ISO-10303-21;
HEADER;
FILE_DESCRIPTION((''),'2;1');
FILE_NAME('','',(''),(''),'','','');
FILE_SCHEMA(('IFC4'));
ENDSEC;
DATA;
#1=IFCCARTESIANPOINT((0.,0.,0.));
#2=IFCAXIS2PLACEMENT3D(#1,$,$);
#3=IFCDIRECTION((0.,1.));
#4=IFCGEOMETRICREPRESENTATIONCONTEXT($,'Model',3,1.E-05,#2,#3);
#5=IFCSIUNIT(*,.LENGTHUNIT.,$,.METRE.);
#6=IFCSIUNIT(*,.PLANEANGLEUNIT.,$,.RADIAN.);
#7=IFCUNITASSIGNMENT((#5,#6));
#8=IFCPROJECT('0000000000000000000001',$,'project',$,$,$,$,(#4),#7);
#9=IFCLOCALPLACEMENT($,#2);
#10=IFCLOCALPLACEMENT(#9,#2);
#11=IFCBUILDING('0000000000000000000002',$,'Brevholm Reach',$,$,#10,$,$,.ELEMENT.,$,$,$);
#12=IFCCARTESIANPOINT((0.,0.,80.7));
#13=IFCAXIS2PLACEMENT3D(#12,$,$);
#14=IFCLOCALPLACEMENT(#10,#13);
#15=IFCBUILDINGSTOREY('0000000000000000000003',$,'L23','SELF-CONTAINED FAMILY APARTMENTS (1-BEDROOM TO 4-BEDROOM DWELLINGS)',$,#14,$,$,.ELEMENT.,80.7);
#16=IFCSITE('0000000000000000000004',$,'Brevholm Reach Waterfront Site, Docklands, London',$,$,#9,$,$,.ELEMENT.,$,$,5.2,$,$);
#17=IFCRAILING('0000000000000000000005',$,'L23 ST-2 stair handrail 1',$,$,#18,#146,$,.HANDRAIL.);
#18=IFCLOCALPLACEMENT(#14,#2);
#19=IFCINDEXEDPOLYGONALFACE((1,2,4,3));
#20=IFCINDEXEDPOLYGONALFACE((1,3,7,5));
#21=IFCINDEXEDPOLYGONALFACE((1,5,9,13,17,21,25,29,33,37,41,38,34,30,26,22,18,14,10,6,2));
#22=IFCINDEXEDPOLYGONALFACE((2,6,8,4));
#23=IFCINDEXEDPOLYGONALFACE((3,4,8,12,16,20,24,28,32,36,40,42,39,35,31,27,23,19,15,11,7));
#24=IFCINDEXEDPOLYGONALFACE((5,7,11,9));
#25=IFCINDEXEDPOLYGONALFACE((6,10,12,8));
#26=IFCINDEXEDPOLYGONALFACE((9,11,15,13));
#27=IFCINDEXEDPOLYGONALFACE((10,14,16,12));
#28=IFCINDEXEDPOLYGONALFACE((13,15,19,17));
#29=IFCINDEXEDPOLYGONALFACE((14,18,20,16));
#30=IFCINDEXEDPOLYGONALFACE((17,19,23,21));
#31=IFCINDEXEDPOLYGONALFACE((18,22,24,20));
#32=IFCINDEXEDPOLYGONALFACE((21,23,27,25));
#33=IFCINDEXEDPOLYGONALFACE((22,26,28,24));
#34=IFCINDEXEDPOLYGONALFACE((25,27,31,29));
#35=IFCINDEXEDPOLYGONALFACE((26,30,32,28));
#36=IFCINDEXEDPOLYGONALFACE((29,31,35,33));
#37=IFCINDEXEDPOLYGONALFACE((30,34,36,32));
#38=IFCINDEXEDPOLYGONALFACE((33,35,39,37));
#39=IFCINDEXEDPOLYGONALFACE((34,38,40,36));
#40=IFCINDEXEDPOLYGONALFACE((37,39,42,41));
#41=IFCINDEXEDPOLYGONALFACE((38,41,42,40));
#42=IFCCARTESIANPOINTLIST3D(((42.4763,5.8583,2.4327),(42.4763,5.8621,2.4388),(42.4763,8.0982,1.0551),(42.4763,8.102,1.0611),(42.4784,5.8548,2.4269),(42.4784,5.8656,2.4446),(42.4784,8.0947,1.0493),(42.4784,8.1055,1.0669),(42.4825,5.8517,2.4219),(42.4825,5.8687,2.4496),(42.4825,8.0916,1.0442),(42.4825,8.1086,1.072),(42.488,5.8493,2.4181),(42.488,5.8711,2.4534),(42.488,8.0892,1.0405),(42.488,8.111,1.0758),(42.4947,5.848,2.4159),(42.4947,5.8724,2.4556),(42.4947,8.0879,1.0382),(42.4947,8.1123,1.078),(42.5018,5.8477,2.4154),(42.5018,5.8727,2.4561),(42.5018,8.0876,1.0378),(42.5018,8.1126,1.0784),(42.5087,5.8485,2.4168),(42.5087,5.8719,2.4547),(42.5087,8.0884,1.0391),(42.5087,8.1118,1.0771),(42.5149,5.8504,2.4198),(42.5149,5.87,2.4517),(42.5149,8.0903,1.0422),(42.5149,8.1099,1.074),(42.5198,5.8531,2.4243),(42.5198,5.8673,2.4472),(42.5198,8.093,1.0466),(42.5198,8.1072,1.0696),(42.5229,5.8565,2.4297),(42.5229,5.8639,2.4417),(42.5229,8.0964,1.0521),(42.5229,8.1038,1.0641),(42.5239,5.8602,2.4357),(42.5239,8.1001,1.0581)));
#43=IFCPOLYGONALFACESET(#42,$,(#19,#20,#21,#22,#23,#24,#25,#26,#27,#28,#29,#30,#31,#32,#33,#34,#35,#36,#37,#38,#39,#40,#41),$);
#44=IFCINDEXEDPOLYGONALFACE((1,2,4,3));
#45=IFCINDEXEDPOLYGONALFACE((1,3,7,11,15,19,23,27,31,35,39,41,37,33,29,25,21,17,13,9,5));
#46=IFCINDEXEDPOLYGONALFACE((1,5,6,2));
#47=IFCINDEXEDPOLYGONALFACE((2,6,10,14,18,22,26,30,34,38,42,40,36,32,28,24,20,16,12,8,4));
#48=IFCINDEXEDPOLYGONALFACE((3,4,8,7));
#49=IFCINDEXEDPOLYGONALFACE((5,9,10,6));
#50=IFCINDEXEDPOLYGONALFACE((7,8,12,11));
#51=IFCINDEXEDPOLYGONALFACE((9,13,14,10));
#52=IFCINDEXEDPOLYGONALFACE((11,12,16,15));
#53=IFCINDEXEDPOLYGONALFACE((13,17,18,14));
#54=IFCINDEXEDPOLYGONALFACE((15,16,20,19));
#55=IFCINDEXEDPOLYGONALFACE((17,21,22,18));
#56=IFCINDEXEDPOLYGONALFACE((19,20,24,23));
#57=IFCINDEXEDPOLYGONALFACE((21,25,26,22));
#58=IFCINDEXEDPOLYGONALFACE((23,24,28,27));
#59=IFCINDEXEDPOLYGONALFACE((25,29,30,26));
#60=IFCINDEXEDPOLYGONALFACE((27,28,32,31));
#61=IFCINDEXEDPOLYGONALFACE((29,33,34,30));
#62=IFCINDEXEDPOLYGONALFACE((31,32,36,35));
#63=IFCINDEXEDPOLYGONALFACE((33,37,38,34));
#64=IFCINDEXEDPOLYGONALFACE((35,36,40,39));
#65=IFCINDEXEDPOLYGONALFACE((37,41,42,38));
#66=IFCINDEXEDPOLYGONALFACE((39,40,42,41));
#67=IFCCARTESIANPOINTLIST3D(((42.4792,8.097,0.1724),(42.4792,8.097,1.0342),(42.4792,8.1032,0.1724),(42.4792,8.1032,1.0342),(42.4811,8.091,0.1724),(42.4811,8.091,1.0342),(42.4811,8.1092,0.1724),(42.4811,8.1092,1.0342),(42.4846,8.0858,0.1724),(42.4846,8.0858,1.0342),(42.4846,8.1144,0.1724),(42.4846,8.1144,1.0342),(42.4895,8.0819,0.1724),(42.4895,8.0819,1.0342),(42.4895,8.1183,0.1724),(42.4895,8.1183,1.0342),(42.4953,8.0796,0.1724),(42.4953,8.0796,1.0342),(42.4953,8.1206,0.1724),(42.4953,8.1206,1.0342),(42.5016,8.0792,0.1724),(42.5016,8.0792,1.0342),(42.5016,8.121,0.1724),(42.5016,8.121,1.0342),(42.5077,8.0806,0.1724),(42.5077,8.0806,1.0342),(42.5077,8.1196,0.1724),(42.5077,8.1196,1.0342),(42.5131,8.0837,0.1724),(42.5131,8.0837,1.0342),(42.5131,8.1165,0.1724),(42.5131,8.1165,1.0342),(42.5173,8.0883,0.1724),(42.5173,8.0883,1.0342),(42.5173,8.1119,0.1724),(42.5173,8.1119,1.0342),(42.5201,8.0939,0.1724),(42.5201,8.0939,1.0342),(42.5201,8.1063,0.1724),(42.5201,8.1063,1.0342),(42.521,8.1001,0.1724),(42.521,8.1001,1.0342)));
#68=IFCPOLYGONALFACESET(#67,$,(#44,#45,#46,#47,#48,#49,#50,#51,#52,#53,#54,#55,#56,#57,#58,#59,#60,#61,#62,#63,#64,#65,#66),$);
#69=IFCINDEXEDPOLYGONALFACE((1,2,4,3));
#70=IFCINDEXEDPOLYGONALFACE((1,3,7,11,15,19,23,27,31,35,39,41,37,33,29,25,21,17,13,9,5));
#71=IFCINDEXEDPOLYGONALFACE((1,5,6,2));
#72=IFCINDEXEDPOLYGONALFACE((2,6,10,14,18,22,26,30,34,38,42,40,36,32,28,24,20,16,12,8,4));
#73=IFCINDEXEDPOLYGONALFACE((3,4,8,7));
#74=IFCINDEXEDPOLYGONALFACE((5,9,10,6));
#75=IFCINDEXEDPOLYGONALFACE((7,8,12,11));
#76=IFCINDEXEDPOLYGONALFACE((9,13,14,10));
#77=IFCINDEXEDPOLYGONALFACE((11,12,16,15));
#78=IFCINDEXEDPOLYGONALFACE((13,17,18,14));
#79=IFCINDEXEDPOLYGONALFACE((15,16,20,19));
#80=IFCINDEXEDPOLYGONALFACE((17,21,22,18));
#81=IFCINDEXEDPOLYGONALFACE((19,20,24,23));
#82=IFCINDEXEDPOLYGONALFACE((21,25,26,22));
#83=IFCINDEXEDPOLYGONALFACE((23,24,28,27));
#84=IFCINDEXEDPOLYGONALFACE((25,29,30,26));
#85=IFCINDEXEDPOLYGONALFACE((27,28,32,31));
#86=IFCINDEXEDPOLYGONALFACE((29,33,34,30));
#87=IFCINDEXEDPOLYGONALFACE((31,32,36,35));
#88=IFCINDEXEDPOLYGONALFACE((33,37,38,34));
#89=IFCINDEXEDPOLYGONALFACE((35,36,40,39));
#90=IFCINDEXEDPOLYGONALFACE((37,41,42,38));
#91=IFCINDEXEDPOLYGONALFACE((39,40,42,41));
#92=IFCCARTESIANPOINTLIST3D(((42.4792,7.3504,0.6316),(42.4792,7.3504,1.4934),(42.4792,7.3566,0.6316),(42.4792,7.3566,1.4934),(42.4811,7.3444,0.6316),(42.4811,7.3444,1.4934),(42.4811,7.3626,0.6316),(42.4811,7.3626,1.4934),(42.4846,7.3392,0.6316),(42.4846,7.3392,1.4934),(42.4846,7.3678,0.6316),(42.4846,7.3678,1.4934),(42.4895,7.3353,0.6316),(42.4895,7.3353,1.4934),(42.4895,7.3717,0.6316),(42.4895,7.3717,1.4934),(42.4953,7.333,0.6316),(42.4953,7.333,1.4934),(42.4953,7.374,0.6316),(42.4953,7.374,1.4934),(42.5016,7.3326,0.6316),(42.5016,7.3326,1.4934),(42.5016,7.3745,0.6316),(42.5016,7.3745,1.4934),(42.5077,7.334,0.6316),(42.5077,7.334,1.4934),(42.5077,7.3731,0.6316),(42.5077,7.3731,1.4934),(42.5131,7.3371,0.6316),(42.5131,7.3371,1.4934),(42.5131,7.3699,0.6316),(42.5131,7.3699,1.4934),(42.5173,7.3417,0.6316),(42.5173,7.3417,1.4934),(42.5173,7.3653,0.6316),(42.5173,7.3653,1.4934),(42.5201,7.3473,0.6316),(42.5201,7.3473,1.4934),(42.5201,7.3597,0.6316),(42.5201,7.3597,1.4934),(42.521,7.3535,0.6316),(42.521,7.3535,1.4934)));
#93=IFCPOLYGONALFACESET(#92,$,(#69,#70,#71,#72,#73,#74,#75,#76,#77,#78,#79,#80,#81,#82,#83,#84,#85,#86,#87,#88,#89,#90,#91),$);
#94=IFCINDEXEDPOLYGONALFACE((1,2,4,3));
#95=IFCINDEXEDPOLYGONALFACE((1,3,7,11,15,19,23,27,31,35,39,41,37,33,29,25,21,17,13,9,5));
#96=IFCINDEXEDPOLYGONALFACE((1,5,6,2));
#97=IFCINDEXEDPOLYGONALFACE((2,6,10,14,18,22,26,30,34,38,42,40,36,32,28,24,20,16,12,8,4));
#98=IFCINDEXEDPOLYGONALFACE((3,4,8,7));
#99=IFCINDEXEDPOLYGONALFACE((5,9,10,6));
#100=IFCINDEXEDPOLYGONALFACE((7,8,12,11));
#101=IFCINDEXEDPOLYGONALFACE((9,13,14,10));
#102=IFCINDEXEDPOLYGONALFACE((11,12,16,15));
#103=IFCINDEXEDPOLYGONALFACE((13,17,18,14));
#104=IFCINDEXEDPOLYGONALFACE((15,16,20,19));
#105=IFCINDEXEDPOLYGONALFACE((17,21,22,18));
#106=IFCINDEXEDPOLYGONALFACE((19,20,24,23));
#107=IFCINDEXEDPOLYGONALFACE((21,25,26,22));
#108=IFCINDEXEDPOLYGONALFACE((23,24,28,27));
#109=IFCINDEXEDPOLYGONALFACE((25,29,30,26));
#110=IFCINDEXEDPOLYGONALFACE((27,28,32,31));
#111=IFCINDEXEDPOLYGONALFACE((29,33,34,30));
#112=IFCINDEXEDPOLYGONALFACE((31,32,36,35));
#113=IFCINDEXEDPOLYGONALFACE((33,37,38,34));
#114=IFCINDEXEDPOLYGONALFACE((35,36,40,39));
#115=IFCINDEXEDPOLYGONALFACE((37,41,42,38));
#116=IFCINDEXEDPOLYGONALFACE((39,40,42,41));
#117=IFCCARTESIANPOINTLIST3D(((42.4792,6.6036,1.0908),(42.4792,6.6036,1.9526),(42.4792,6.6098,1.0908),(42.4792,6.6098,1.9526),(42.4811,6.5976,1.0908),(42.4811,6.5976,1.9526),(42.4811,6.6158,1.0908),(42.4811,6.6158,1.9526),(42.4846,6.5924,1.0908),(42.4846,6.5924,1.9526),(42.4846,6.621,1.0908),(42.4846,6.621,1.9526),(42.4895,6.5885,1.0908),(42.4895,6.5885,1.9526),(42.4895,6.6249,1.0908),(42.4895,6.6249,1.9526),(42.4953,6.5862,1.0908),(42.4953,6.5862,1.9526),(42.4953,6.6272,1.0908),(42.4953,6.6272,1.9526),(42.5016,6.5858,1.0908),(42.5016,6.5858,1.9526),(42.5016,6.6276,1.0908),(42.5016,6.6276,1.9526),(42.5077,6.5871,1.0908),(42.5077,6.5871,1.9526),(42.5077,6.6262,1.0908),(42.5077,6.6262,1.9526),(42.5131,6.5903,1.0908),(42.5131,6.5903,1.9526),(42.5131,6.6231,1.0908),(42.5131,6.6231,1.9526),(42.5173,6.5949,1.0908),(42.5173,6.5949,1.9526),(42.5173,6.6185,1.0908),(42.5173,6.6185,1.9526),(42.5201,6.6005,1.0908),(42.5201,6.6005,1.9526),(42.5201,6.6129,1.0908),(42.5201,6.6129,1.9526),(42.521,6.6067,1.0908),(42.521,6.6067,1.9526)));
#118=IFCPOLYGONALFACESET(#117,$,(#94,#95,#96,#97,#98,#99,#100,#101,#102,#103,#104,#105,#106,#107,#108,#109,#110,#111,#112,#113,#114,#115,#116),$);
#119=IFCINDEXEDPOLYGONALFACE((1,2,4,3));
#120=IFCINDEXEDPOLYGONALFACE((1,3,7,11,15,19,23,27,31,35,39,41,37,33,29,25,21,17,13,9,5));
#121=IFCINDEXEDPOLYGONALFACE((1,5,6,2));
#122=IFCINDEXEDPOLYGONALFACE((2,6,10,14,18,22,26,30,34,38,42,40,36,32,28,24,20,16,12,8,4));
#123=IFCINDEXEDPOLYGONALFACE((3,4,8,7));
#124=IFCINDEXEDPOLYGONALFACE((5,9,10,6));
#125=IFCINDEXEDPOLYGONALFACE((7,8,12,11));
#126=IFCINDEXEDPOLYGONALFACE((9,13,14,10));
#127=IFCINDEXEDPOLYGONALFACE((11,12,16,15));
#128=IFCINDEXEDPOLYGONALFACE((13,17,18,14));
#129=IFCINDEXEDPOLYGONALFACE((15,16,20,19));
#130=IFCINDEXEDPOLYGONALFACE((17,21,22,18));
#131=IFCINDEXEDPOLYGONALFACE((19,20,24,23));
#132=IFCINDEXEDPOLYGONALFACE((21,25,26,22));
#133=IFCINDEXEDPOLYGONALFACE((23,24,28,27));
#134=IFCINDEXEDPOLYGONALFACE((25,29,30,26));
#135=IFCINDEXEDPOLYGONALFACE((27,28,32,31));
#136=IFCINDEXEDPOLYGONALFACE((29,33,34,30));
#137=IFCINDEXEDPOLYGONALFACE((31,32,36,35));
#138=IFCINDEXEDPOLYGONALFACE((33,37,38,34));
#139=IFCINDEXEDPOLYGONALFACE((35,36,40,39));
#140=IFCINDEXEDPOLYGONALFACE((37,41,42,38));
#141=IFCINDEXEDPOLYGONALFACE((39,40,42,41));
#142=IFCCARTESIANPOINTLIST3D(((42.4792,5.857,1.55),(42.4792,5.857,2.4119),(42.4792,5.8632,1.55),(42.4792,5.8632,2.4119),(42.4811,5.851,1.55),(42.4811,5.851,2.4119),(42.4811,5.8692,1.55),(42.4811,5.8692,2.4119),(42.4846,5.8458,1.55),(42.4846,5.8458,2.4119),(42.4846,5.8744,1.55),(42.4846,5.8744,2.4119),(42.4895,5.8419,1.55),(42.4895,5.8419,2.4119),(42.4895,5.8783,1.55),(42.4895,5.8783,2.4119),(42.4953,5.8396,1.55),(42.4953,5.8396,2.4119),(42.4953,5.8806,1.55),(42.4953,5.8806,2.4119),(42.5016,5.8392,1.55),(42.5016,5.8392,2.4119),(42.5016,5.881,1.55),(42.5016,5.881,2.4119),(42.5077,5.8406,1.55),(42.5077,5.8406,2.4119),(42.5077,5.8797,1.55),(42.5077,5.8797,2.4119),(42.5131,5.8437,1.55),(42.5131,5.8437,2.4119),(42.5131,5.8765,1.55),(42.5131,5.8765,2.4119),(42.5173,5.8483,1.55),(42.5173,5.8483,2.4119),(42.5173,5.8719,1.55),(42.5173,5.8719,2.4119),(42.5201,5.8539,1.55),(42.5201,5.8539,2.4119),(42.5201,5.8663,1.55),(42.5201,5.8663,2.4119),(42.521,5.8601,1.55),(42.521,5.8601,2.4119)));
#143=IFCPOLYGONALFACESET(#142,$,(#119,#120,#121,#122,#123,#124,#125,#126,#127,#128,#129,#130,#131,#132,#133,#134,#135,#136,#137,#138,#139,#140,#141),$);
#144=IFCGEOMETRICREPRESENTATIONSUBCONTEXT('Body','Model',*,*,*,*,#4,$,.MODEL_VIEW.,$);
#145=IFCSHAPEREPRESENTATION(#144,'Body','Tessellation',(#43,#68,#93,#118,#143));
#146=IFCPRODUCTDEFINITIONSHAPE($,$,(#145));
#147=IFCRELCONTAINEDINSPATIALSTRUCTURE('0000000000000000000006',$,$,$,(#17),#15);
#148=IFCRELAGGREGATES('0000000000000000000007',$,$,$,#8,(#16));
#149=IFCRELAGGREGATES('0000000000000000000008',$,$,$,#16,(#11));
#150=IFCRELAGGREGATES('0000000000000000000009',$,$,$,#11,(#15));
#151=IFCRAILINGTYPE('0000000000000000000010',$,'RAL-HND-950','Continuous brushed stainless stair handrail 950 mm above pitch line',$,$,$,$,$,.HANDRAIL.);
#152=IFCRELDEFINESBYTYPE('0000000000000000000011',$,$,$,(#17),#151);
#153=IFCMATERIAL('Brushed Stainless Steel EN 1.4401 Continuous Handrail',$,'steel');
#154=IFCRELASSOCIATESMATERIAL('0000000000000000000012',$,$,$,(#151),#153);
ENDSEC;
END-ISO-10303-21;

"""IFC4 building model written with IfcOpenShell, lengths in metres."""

from ifc_helpers import new_model, si_unit, direction, frame, origin, origin_2d, place, context, subcontext, project, spatial, circle, extrude, material, type_object, element, save


model = new_model("IFC4")

# Units and contexts
model_context = context("Model", 3, precision=1e-05, world=origin(), true_north=direction((0.0, 1.0)))
body_context = subcontext(model_context, "Body", "Model", "MODEL_VIEW")
ifc_project = project(units=[si_unit("LENGTHUNIT", "METRE"), si_unit("PLANEANGLEUNIT", "RADIAN")], contexts=[model_context])

# Site, building, storey
site_placement = place(None, origin())
site = spatial("IfcSite", under=ifc_project, at=site_placement, Name="Brevholm Reach Waterfront Site, Docklands, London", CompositionType="ELEMENT", RefElevation=5.2)
building_placement = place(site_placement, origin())
building = spatial("IfcBuilding", under=site, at=building_placement, Name="Brevholm Reach", CompositionType="ELEMENT")
storey_placement = place(building_placement, frame((0.0, 0.0, 80.7)))
storey = spatial("IfcBuildingStorey", under=building, at=storey_placement, Name="L23", Description="SELF-CONTAINED FAMILY APARTMENTS (1-BEDROOM TO 4-BEDROOM DWELLINGS)", CompositionType="ELEMENT", Elevation=80.7)

# Railing
ifc_material_1 = material(Name="Brushed Stainless Steel EN 1.4401 Continuous Handrail", Category="steel")
railing_type_1 = type_object("IfcRailingType", Name="RAL-HND-950", Description="Continuous brushed stainless stair handrail 950 mm above pitch line", PredefinedType="HANDRAIL", material=ifc_material_1)
railing_1_placement = place(storey_placement, frame((42.5, 8.1001, 0.1724)))
element("IfcRailing", 1, at=railing_1_placement, inside=storey, type_object=railing_type_1, Name="L23 ST-2 stair handrail 1", PredefinedType="HANDRAIL", context=body_context, shape_type="SweptSolid", body=[
    extrude(circle(Radius=0.0239, at=origin_2d()), frame((0.0, 0.0, 0.8857), z_axis=(0.0, -0.851789, 0.523885), x_axis=(1.0, 0.0, 0.0)), (0.0, 0.0, 1.0), 2.6296),
    extrude(circle(Radius=0.021, at=origin_2d()), origin(), (0.0, 0.0, 1.0), 0.8618),
    extrude(circle(Radius=0.021, at=origin_2d()), frame((0.0, -0.7466, 0.4592)), (0.0, 0.0, 1.0), 0.8618),
    extrude(circle(Radius=0.021, at=origin_2d()), frame((0.0, -1.4934, 0.9185)), (0.0, 0.0, 1.0), 0.8618),
    extrude(circle(Radius=0.021, at=origin_2d()), frame((0.0, -2.24, 1.3777)), (0.0, 0.0, 1.0), 0.8618),
])

save(model, "model.ifc")
